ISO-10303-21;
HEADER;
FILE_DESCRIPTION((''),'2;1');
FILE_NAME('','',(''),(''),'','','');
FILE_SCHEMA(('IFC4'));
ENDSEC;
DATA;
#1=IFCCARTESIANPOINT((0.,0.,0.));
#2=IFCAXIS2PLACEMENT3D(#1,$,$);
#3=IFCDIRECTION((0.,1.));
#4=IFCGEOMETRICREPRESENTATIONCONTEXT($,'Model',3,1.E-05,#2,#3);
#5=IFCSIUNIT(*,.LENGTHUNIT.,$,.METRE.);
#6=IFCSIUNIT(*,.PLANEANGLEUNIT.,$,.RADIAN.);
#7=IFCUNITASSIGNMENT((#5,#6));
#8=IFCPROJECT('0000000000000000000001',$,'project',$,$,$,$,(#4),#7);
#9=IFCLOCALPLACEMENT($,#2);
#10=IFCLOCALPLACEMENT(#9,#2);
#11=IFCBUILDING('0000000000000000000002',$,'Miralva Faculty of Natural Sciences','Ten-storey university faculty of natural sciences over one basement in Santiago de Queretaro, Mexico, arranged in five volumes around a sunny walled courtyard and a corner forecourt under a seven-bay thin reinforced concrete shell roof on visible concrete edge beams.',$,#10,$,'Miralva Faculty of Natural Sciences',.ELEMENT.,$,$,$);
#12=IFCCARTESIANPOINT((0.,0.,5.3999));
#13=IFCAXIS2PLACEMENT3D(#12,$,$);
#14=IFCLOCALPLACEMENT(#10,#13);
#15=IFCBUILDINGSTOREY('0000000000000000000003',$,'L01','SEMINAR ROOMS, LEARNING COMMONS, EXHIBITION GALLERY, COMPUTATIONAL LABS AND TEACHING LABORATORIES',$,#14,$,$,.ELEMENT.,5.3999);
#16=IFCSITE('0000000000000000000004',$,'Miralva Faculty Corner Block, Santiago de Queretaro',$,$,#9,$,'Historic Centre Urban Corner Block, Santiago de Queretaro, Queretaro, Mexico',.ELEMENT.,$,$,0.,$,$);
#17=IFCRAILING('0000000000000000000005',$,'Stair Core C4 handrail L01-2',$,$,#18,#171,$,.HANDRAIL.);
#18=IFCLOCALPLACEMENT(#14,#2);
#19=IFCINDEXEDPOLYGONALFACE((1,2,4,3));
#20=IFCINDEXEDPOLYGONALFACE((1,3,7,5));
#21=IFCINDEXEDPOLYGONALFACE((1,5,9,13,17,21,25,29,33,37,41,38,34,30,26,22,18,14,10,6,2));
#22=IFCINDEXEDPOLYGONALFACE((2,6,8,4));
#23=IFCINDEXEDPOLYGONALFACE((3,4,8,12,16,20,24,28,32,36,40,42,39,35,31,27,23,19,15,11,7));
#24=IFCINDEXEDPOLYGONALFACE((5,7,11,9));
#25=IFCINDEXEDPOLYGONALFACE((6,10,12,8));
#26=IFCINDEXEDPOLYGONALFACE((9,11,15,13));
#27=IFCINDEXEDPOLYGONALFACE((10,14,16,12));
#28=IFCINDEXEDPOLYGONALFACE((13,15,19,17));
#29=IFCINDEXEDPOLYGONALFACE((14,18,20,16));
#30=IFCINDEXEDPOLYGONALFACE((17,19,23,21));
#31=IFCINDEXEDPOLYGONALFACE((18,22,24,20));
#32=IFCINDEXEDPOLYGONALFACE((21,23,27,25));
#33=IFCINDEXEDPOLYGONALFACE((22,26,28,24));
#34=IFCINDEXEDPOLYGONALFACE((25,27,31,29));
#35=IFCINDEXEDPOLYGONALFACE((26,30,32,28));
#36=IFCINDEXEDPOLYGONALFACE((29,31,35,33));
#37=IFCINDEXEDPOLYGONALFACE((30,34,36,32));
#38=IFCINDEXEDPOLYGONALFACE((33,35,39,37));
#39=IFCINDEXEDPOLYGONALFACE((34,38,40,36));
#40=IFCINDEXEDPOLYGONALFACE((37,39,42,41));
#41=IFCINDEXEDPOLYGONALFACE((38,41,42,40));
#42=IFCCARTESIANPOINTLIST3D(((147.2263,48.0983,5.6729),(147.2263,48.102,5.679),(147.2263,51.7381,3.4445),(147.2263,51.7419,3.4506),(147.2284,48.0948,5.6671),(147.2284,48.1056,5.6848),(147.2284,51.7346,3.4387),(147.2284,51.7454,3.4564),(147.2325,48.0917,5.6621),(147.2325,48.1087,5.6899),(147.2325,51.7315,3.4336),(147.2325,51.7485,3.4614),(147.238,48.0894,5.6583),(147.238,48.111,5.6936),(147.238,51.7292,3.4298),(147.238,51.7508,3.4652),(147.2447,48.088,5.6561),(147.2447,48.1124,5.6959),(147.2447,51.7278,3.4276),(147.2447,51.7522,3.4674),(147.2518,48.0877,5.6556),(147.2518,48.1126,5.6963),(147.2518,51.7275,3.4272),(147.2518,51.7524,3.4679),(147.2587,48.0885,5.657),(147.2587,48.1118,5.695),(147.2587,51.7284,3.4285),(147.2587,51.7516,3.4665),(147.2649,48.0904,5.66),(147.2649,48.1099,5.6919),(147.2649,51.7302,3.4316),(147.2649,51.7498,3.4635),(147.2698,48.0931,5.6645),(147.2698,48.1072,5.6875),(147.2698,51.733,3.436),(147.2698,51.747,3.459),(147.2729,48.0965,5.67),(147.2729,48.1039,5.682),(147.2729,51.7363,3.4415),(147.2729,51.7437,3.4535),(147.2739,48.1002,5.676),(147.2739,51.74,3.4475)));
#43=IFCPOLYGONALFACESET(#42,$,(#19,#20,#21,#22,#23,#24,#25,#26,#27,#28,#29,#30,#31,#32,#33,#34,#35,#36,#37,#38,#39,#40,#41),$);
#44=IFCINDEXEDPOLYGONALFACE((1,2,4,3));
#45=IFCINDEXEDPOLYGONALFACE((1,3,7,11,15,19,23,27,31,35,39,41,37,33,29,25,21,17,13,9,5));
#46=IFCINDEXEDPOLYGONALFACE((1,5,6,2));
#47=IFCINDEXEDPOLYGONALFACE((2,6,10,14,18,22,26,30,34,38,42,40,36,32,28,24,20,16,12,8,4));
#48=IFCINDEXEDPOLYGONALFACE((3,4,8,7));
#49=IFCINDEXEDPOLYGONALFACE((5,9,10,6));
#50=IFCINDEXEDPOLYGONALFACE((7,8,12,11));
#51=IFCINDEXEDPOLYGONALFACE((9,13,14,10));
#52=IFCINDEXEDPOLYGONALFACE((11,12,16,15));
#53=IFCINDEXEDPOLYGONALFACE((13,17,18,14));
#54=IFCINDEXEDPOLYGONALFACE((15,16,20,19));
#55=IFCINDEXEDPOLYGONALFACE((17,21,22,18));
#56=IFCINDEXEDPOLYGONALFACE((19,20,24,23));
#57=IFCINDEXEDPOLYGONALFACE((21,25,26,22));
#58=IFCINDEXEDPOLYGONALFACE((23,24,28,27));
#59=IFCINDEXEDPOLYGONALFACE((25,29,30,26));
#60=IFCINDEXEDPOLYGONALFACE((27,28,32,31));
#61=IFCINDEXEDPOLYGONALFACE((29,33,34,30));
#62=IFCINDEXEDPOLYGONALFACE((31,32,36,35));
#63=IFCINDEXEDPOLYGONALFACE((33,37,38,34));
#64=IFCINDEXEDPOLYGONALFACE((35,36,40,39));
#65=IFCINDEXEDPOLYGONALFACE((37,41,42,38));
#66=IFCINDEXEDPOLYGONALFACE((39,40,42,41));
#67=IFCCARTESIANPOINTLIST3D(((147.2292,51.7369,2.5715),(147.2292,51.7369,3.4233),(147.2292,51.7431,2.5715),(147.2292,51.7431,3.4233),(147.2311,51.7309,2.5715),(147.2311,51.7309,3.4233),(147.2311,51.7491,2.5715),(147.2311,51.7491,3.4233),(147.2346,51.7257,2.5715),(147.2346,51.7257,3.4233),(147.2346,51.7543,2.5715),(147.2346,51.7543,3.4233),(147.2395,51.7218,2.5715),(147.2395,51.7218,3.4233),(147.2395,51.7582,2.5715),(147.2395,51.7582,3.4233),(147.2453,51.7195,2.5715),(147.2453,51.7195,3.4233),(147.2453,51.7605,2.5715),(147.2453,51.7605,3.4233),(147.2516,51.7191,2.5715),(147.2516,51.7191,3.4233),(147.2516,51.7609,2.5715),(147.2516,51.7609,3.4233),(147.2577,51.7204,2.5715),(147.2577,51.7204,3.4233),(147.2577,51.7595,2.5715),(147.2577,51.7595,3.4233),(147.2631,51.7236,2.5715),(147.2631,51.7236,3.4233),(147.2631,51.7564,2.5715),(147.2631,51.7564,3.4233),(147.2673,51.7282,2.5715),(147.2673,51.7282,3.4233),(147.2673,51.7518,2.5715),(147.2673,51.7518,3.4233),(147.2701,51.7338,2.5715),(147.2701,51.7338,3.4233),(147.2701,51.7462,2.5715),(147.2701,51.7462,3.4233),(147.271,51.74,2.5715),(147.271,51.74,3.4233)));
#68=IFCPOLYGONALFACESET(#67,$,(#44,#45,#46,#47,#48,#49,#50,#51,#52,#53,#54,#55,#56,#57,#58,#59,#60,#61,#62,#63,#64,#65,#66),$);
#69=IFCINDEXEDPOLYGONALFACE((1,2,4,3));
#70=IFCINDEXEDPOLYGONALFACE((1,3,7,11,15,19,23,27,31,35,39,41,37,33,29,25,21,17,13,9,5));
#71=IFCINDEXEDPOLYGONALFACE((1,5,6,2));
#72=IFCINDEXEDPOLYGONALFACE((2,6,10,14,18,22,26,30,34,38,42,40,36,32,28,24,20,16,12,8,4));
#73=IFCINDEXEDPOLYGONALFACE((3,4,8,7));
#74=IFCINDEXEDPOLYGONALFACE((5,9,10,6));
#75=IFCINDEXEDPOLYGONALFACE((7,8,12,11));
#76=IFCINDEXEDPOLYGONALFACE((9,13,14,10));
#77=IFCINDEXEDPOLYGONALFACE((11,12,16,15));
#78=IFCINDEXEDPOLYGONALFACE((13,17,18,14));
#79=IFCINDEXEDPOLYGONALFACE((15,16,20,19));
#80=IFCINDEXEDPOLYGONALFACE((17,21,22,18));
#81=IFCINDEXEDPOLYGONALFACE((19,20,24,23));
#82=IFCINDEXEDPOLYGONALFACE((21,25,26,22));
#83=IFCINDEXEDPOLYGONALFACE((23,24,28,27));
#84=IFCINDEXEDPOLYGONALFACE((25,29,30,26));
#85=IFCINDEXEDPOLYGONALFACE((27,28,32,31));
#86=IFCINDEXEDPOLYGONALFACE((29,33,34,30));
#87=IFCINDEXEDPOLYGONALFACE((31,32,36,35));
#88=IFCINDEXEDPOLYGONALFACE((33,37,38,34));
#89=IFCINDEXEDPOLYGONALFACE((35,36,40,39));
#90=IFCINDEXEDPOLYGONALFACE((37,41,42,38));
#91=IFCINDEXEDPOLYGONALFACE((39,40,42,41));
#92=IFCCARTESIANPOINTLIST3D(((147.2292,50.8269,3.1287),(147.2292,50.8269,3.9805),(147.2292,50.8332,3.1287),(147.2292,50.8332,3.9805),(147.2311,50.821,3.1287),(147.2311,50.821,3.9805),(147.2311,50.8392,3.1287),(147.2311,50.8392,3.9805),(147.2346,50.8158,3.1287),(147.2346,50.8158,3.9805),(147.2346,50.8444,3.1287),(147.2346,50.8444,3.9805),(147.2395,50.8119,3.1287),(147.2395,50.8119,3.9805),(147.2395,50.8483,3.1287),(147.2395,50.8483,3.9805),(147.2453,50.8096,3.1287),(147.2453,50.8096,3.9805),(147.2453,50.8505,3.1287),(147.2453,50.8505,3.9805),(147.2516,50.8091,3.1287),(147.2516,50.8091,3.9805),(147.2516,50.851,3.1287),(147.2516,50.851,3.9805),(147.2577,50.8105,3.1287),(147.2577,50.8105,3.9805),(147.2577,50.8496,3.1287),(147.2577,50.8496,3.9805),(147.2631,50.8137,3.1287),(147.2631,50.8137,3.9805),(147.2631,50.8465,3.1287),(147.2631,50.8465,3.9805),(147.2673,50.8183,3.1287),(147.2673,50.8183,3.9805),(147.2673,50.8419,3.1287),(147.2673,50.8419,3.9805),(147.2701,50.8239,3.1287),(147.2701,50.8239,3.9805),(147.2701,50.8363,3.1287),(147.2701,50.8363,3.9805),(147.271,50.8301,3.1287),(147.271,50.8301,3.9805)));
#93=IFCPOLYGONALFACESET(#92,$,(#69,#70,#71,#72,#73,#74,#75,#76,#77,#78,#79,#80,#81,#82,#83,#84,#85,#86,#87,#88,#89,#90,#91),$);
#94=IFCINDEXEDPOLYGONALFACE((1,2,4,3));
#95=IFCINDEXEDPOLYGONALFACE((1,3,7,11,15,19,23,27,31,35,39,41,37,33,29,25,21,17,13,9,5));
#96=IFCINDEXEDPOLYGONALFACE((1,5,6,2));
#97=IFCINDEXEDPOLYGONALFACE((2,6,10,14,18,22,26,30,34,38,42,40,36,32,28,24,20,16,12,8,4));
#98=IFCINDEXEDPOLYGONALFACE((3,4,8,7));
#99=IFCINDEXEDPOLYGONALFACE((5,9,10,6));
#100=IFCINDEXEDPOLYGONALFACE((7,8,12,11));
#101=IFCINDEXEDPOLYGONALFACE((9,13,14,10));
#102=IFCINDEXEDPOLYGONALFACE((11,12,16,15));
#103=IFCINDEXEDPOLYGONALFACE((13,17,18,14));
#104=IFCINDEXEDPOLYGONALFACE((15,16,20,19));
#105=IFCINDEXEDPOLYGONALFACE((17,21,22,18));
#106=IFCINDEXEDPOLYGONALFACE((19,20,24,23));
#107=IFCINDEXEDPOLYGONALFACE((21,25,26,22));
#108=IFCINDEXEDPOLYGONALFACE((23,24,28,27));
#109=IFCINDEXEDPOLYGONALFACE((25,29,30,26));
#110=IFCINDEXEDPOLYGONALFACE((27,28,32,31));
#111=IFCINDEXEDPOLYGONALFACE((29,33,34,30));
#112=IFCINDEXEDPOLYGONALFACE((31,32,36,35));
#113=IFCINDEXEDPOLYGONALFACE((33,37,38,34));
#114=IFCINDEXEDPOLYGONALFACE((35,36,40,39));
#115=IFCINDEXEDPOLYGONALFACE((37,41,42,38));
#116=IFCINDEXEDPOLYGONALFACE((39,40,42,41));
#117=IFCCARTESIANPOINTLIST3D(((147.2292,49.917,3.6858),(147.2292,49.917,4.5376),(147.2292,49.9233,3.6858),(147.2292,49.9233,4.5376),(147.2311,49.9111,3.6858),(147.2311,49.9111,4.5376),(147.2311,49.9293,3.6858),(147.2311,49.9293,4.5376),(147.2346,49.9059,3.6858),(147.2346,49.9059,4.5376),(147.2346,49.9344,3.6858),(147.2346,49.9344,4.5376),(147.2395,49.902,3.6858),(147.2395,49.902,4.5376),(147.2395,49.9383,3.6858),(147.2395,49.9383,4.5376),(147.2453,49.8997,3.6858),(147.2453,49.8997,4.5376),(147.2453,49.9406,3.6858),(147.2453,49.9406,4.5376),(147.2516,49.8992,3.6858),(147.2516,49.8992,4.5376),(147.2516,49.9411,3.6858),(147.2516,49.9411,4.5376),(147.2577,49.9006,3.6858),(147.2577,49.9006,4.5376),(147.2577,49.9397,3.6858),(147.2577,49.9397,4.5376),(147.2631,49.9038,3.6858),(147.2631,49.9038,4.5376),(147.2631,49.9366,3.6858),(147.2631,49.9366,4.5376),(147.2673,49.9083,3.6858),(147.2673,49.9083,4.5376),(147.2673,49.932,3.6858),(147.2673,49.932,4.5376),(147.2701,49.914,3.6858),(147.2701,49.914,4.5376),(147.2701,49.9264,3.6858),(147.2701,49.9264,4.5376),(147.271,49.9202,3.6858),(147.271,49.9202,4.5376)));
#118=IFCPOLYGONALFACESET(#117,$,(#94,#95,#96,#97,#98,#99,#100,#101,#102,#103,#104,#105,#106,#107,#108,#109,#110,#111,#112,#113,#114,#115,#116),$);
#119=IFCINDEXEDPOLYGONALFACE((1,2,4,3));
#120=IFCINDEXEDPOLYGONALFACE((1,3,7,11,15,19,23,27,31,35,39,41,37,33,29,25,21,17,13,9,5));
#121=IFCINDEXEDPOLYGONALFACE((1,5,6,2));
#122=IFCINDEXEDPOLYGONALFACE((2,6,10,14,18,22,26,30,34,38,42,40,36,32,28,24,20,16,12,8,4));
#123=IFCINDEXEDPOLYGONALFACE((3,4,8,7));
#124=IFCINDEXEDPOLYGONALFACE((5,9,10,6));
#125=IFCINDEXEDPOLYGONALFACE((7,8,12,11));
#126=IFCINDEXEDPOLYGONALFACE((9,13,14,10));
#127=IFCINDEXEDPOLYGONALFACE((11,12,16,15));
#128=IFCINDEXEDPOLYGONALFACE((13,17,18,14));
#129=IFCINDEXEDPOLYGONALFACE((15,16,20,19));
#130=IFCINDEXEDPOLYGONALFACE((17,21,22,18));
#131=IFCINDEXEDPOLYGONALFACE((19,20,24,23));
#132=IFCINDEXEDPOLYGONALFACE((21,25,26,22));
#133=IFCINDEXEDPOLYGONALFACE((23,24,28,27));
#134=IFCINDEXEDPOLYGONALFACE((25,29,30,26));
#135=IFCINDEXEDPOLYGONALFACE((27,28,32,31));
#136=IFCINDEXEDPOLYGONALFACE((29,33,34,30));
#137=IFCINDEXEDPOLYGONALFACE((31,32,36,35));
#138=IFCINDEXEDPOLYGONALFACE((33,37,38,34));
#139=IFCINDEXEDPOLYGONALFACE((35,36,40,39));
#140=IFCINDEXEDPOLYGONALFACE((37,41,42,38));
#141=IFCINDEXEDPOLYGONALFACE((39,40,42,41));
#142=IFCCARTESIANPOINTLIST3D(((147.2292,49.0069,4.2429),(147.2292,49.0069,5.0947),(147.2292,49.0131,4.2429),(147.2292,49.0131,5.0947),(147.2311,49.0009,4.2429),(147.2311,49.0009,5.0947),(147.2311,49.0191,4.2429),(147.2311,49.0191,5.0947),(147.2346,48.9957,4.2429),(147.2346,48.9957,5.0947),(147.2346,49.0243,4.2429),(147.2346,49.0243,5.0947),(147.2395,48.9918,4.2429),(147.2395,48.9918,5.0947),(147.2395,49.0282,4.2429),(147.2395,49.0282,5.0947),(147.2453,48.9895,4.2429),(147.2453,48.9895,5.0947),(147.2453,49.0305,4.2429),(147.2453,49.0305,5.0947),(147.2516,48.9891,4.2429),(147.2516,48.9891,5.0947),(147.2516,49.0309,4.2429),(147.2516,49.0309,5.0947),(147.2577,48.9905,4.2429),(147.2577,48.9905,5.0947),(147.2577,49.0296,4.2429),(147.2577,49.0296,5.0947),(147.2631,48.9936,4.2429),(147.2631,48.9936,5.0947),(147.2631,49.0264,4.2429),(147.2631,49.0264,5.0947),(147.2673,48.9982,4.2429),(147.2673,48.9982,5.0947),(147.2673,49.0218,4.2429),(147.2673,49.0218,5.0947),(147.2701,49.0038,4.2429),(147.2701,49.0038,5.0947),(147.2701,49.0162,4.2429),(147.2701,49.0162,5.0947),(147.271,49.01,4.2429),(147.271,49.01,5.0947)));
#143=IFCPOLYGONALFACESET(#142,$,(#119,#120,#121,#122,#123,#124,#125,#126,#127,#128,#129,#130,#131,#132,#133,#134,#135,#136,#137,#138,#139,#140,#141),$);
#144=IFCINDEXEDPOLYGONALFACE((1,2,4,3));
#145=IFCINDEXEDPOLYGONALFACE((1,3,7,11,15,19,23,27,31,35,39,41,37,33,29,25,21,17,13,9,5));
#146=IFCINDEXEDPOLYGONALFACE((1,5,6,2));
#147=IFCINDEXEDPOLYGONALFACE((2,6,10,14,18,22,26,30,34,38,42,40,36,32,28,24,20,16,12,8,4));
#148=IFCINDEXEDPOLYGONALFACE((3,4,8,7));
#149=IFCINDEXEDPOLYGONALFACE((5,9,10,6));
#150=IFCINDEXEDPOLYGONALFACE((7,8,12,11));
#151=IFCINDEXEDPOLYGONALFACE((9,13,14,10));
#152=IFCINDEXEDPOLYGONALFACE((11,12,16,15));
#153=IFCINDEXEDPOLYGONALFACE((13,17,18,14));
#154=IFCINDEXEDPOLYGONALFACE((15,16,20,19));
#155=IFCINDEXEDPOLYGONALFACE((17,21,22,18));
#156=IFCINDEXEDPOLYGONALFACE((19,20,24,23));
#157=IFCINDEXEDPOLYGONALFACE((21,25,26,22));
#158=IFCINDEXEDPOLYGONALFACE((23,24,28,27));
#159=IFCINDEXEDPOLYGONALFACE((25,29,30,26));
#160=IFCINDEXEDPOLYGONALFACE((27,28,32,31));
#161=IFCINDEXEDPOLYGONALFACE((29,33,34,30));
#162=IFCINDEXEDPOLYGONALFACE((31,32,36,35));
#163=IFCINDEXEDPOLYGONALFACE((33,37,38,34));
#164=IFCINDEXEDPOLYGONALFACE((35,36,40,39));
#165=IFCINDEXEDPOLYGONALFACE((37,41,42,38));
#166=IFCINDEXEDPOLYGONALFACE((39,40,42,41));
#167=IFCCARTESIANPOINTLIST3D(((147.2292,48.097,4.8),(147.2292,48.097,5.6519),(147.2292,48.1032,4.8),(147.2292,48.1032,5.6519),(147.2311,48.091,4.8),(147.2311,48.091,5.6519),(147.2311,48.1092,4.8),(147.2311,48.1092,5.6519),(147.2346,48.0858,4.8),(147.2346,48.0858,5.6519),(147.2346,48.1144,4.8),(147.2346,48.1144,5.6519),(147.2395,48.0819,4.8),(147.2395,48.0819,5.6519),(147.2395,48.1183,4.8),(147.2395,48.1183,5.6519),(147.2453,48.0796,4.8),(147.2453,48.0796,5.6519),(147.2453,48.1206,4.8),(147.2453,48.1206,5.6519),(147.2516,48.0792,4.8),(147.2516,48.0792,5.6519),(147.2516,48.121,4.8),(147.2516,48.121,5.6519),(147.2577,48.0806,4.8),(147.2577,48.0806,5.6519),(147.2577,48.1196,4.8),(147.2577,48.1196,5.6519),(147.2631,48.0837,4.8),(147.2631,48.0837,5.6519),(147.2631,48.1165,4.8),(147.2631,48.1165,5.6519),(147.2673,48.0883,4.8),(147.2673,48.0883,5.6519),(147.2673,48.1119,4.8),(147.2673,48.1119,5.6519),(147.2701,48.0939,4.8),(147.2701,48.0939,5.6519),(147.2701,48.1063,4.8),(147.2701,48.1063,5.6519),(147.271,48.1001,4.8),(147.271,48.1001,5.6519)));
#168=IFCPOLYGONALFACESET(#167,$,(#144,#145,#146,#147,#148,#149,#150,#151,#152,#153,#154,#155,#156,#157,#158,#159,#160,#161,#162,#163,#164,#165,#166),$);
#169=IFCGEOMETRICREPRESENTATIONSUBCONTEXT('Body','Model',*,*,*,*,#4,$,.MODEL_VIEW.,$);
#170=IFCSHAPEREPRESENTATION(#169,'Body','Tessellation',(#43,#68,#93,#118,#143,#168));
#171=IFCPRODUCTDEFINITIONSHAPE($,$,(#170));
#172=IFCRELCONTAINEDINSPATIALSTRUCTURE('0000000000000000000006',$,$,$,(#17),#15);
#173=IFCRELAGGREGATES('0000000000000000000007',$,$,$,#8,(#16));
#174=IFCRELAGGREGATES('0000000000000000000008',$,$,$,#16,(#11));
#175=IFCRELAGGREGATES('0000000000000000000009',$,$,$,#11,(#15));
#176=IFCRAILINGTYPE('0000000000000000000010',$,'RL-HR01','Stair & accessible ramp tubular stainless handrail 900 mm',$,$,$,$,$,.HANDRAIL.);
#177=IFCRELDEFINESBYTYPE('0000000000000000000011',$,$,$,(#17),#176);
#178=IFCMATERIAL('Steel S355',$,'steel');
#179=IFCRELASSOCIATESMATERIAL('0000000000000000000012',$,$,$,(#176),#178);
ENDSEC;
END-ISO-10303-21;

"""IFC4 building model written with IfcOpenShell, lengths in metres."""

from ifc_helpers import new_model, si_unit, direction, frame, origin, origin_2d, place, context, subcontext, project, spatial, circle, extrude, material, type_object, element, save


model = new_model("IFC4")

# Units and contexts
model_context = context("Model", 3, precision=1e-05, world=origin(), true_north=direction((0.0, 1.0)))
body_context = subcontext(model_context, "Body", "Model", "MODEL_VIEW")
ifc_project = project(units=[si_unit("LENGTHUNIT", "METRE"), si_unit("PLANEANGLEUNIT", "RADIAN")], contexts=[model_context])

# Site, building, storey
site_placement = place(None, origin())
site = spatial("IfcSite", under=ifc_project, at=site_placement, Name="Miralva Faculty Corner Block, Santiago de Queretaro", LongName="Historic Centre Urban Corner Block, Santiago de Queretaro, Queretaro, Mexico", CompositionType="ELEMENT", RefElevation=0.0)
building_placement = place(site_placement, origin())
building = spatial("IfcBuilding", under=site, at=building_placement, Name="Miralva Faculty of Natural Sciences", Description="Ten-storey university faculty of natural sciences over one basement in Santiago de Queretaro, Mexico, arranged in five volumes around a sunny walled courtyard and a corner forecourt under a seven-bay thin reinforced concrete shell roof on visible concrete edge beams.", LongName="Miralva Faculty of Natural Sciences", CompositionType="ELEMENT")
storey_placement = place(building_placement, frame((0.0, 0.0, 5.3999)))
storey = spatial("IfcBuildingStorey", under=building, at=storey_placement, Name="L01", Description="SEMINAR ROOMS, LEARNING COMMONS, EXHIBITION GALLERY, COMPUTATIONAL LABS AND TEACHING LABORATORIES", CompositionType="ELEMENT", Elevation=5.3999)

# Railing
ifc_material_1 = material(Name="Steel S355", Category="steel")
railing_type_1 = type_object("IfcRailingType", Name="RL-HR01", Description="Stair & accessible ramp tubular stainless handrail 900 mm", PredefinedType="HANDRAIL", material=ifc_material_1)
railing_1_placement = place(storey_placement, frame((147.25, 51.74, 2.5715)))
element("IfcRailing", 1, at=railing_1_placement, inside=storey, type_object=railing_type_1, Name="Stair Core C4 handrail L01-2", PredefinedType="HANDRAIL", context=body_context, shape_type="SweptSolid", body=[
    extrude(circle(Radius=0.0239, at=origin_2d()), frame((0.0, 0.0, 0.876), z_axis=(0.0, -0.85285, 0.522156), x_axis=(1.0, 0.0, 0.0)), (0.0, 0.0, 1.0), 4.2678),
    extrude(circle(Radius=0.021, at=origin_2d()), origin(), (0.0, 0.0, 1.0), 0.8518),
    extrude(circle(Radius=0.021, at=origin_2d()), frame((0.0, -0.9099, 0.5571)), (0.0, 0.0, 1.0), 0.8518),
    extrude(circle(Radius=0.021, at=origin_2d()), frame((0.0, -1.8198, 1.1143)), (0.0, 0.0, 1.0), 0.8518),
    extrude(circle(Radius=0.021, at=origin_2d()), frame((0.0, -2.73, 1.6714)), (0.0, 0.0, 1.0), 0.8518),
    extrude(circle(Radius=0.021, at=origin_2d()), frame((0.0, -3.6399, 2.2285)), (0.0, 0.0, 1.0), 0.8518),
])

save(model, "model.ifc")
